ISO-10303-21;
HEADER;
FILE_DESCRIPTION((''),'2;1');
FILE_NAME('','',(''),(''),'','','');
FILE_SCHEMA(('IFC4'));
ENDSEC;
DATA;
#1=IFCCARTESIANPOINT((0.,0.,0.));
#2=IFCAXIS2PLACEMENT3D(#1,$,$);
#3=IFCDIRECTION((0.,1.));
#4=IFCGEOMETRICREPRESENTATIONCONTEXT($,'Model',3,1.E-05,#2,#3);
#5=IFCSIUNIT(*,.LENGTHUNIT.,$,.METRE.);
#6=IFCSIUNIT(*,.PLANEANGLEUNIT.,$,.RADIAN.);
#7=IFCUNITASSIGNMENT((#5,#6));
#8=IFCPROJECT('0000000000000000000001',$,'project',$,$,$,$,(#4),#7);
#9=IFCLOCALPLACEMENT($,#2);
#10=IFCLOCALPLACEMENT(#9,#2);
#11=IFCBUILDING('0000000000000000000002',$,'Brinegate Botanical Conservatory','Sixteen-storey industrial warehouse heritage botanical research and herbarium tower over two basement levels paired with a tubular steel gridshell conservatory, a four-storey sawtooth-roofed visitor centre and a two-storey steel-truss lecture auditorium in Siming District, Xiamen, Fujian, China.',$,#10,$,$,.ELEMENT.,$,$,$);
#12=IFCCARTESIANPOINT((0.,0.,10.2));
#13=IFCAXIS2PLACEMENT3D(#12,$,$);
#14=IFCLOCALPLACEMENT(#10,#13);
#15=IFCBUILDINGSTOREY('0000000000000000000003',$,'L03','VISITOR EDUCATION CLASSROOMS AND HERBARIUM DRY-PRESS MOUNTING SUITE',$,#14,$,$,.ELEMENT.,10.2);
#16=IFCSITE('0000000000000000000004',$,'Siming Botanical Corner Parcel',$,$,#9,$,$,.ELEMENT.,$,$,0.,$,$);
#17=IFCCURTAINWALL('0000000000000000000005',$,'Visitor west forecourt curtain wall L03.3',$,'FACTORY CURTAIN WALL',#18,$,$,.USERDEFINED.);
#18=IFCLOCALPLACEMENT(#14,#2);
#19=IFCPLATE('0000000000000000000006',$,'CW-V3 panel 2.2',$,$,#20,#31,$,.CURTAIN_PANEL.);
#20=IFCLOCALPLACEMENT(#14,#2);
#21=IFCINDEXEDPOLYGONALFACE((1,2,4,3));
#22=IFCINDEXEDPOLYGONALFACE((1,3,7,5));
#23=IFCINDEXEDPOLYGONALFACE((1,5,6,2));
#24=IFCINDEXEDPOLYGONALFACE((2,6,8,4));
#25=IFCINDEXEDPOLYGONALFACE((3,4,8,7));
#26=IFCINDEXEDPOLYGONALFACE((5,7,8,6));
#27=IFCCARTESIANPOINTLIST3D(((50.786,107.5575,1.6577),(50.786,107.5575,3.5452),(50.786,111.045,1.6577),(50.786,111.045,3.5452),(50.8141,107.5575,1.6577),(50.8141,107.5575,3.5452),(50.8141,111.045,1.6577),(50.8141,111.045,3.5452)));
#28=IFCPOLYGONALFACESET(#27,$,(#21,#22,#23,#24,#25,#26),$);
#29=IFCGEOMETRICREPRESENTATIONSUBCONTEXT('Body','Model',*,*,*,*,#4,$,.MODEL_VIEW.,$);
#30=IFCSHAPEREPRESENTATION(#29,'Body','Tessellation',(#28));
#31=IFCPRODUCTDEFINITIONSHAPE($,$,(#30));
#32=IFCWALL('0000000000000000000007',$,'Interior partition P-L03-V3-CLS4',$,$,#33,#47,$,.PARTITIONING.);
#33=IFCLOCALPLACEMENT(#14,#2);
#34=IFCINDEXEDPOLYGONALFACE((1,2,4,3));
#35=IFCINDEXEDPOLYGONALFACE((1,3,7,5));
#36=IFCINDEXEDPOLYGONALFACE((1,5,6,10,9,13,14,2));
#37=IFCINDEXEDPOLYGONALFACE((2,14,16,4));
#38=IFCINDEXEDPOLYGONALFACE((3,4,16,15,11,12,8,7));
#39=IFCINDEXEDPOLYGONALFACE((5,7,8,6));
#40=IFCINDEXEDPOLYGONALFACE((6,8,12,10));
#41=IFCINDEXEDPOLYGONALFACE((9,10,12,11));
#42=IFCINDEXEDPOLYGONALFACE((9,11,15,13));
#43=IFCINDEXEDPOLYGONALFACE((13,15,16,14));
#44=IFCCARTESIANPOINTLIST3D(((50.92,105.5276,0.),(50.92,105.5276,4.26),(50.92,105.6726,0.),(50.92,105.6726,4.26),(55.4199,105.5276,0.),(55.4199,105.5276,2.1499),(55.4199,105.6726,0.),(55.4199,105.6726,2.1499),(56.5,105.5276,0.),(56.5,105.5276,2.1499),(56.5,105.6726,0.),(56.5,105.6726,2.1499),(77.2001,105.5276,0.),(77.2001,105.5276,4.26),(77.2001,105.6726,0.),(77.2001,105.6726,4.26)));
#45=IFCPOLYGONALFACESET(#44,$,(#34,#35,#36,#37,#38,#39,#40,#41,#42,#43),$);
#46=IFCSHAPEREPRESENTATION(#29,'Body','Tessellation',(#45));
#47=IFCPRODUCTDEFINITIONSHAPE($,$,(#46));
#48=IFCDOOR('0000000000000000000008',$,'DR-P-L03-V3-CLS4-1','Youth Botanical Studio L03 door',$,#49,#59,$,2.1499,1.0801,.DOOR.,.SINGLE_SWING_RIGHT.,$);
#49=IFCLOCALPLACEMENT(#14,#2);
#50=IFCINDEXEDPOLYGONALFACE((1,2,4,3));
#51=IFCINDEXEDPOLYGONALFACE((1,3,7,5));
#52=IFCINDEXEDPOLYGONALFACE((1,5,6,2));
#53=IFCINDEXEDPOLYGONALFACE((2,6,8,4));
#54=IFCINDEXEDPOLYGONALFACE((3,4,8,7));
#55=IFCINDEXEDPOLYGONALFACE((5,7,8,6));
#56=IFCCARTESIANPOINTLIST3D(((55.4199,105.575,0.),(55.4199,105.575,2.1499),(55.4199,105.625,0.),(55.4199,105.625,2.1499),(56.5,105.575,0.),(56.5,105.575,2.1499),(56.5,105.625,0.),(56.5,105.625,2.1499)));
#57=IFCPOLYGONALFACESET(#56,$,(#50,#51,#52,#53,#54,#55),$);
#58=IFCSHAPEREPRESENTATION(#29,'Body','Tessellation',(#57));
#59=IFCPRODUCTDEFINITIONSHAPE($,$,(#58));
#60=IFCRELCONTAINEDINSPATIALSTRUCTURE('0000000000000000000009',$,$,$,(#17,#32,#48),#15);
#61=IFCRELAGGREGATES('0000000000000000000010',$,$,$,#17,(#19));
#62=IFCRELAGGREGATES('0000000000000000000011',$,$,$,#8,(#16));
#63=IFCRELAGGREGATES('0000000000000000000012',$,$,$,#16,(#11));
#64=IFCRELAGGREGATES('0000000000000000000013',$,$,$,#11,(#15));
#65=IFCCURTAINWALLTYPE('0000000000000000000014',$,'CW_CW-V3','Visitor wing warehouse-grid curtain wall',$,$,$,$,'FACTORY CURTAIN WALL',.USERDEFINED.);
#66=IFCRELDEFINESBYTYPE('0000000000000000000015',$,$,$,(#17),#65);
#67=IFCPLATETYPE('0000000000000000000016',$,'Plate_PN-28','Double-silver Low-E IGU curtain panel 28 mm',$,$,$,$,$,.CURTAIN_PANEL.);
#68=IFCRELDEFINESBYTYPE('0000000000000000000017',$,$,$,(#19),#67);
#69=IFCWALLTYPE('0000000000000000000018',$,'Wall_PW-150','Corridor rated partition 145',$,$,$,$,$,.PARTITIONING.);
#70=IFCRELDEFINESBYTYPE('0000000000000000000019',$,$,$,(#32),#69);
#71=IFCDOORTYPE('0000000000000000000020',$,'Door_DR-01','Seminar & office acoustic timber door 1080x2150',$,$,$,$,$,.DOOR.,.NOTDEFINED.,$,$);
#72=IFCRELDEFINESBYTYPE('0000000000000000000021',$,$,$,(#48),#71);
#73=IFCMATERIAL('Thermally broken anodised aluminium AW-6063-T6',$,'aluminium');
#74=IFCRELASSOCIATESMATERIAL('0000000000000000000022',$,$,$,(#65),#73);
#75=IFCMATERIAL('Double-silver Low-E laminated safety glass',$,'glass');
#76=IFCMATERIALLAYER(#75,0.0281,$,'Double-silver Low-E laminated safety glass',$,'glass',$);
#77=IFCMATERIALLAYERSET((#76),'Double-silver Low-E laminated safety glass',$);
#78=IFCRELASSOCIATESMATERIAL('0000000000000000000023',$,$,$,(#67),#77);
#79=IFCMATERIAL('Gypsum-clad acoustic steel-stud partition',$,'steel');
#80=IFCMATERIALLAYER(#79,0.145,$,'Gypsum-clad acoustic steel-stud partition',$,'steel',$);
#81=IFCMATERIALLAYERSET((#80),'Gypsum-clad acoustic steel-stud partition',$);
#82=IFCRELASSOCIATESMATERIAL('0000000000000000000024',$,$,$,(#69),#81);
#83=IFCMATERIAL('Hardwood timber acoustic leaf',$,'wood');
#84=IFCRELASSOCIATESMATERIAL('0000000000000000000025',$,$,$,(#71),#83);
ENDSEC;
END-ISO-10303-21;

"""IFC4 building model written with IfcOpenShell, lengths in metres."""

from ifc_helpers import new_model, si_unit, direction, frame, frame_2d, origin, origin_2d, place, context, subcontext, project, spatial, rectangle, extrude, material, layer, layer_set, type_object, element, fill, aggregate, save


model = new_model("IFC4")

# Units and contexts
model_context = context("Model", 3, precision=1e-05, world=origin(), true_north=direction((0.0, 1.0)))
body_context = subcontext(model_context, "Body", "Model", "MODEL_VIEW")
ifc_project = project(units=[si_unit("LENGTHUNIT", "METRE"), si_unit("PLANEANGLEUNIT", "RADIAN")], contexts=[model_context])

# Site, building, storey
site_placement = place(None, origin())
site = spatial("IfcSite", under=ifc_project, at=site_placement, Name="Siming Botanical Corner Parcel", CompositionType="ELEMENT", RefElevation=0.0)
building_placement = place(site_placement, origin())
building = spatial("IfcBuilding", under=site, at=building_placement, Name="Brinegate Botanical Conservatory", Description="Sixteen-storey industrial warehouse heritage botanical research and herbarium tower over two basement levels paired with a tubular steel gridshell conservatory, a four-storey sawtooth-roofed visitor centre and a two-storey steel-truss lecture auditorium in Siming District, Xiamen, Fujian, China.", CompositionType="ELEMENT")
storey_placement = place(building_placement, frame((0.0, 0.0, 10.2)))
storey = spatial("IfcBuildingStorey", under=building, at=storey_placement, Name="L03", Description="VISITOR EDUCATION CLASSROOMS AND HERBARIUM DRY-PRESS MOUNTING SUITE", CompositionType="ELEMENT", Elevation=10.2)

# Curtain wall
ifc_material_1 = material(Name="Thermally broken anodised aluminium AW-6063-T6", Category="aluminium")
curtain_wall_type = type_object("IfcCurtainWallType", Name="CW_CW-V3", Description="Visitor wing warehouse-grid curtain wall", ElementType="FACTORY CURTAIN WALL", PredefinedType="USERDEFINED", material=ifc_material_1)
curtain_wall_1_placement = place(storey_placement, origin())
curtain_wall_1 = element("IfcCurtainWall", 1, at=curtain_wall_1_placement, inside=storey, type_object=curtain_wall_type, Name="Visitor west forecourt curtain wall L03.3", ObjectType="FACTORY CURTAIN WALL", PredefinedType="USERDEFINED")

# Plate
ifc_material_2 = material(Name="Double-silver Low-E laminated safety glass", Category="glass")
ifc_layer_1 = layer(ifc_material_2, 0.0281, Name="Double-silver Low-E laminated safety glass", Category="glass")
ifc_layer_set_1 = layer_set([ifc_layer_1], Name="Double-silver Low-E laminated safety glass")
plate_type = type_object("IfcPlateType", Name="Plate_PN-28", Description="Double-silver Low-E IGU curtain panel 28 mm", PredefinedType="CURTAIN_PANEL", material=ifc_layer_set_1)
plate_1_placement = place(storey_placement, frame((50.8, 109.3013, 1.6577), z_axis=(0.0, 0.0, 1.0), x_axis=(0.0, 1.0, 0.0)))
plate_1 = element("IfcPlate", 2, at=plate_1_placement, type_object=plate_type, Name="CW-V3 panel 2.2", PredefinedType="CURTAIN_PANEL", context=body_context, shape_type="SweptSolid", body=[
    extrude(rectangle(XDim=3.4875, YDim=0.0281, at=origin_2d()), origin(), (0.0, 0.0, 1.0), 1.8875),
])
aggregate(curtain_wall_1, [plate_1])

# Wall, opening, door
ifc_material_3 = material(Name="Gypsum-clad acoustic steel-stud partition", Category="steel")
ifc_layer_2 = layer(ifc_material_3, 0.145, Name="Gypsum-clad acoustic steel-stud partition", Category="steel")
ifc_layer_set_2 = layer_set([ifc_layer_2], Name="Gypsum-clad acoustic steel-stud partition")
wall_type = type_object("IfcWallType", Name="Wall_PW-150", Description="Corridor rated partition 145", PredefinedType="PARTITIONING", material=ifc_layer_set_2)
wall_placement = place(storey_placement, frame((50.9199, 105.6001, 0.0), z_axis=(0.0, 0.0, 1.0), x_axis=(1.0, 0.0, 0.0)))
wall = element("IfcWall", 3, at=wall_placement, inside=storey, type_object=wall_type, Name="Interior partition P-L03-V3-CLS4", PredefinedType="PARTITIONING", context=body_context, shape_type="SweptSolid", body=[
    extrude(rectangle(XDim=26.28, YDim=0.145, at=frame_2d((13.1401, 0.0))), origin(), (0.0, 0.0, 1.0), 4.26),
])
opening_placement = place(wall_placement, frame((4.5, 0.0, 0.0)))
opening = element("IfcOpeningElement", 4, at=opening_placement, cuts=wall, PredefinedType="OPENING", context=body_context, shape_type="SweptSolid", body=[
    extrude(rectangle(XDim=1.0801, YDim=2.1499, at=frame_2d((0.54, 1.075))), frame((0.0, 0.0825, 0.0), z_axis=(0.0, -1.0, 0.0), x_axis=(1.0, 0.0, 0.0)), (0.0, 0.0, 1.0), 0.165),
])
ifc_material_4 = material(Name="Hardwood timber acoustic leaf", Category="wood")
door_type = type_object("IfcDoorType", Name="Door_DR-01", Description="Seminar & office acoustic timber door 1080x2150", OperationType="NOTDEFINED", PredefinedType="DOOR", material=ifc_material_4)
door_placement = place(opening_placement, origin())
door = element("IfcDoor", 5, at=door_placement, inside=storey, type_object=door_type, Name="DR-P-L03-V3-CLS4-1", Description="Youth Botanical Studio L03 door", OperationType="SINGLE_SWING_RIGHT", OverallHeight=2.1499, OverallWidth=1.0801, PredefinedType="DOOR", context=body_context, shape_type="SweptSolid", body=[
    extrude(rectangle(XDim=1.0801, YDim=2.1499, at=frame_2d((0.54, 1.075))), frame((0.0, 0.0249, 0.0), z_axis=(0.0, -1.0, 0.0), x_axis=(1.0, 0.0, 0.0)), (0.0, 0.0, 1.0), 0.05),
])
fill(opening, door)

save(model, "model.ifc")
